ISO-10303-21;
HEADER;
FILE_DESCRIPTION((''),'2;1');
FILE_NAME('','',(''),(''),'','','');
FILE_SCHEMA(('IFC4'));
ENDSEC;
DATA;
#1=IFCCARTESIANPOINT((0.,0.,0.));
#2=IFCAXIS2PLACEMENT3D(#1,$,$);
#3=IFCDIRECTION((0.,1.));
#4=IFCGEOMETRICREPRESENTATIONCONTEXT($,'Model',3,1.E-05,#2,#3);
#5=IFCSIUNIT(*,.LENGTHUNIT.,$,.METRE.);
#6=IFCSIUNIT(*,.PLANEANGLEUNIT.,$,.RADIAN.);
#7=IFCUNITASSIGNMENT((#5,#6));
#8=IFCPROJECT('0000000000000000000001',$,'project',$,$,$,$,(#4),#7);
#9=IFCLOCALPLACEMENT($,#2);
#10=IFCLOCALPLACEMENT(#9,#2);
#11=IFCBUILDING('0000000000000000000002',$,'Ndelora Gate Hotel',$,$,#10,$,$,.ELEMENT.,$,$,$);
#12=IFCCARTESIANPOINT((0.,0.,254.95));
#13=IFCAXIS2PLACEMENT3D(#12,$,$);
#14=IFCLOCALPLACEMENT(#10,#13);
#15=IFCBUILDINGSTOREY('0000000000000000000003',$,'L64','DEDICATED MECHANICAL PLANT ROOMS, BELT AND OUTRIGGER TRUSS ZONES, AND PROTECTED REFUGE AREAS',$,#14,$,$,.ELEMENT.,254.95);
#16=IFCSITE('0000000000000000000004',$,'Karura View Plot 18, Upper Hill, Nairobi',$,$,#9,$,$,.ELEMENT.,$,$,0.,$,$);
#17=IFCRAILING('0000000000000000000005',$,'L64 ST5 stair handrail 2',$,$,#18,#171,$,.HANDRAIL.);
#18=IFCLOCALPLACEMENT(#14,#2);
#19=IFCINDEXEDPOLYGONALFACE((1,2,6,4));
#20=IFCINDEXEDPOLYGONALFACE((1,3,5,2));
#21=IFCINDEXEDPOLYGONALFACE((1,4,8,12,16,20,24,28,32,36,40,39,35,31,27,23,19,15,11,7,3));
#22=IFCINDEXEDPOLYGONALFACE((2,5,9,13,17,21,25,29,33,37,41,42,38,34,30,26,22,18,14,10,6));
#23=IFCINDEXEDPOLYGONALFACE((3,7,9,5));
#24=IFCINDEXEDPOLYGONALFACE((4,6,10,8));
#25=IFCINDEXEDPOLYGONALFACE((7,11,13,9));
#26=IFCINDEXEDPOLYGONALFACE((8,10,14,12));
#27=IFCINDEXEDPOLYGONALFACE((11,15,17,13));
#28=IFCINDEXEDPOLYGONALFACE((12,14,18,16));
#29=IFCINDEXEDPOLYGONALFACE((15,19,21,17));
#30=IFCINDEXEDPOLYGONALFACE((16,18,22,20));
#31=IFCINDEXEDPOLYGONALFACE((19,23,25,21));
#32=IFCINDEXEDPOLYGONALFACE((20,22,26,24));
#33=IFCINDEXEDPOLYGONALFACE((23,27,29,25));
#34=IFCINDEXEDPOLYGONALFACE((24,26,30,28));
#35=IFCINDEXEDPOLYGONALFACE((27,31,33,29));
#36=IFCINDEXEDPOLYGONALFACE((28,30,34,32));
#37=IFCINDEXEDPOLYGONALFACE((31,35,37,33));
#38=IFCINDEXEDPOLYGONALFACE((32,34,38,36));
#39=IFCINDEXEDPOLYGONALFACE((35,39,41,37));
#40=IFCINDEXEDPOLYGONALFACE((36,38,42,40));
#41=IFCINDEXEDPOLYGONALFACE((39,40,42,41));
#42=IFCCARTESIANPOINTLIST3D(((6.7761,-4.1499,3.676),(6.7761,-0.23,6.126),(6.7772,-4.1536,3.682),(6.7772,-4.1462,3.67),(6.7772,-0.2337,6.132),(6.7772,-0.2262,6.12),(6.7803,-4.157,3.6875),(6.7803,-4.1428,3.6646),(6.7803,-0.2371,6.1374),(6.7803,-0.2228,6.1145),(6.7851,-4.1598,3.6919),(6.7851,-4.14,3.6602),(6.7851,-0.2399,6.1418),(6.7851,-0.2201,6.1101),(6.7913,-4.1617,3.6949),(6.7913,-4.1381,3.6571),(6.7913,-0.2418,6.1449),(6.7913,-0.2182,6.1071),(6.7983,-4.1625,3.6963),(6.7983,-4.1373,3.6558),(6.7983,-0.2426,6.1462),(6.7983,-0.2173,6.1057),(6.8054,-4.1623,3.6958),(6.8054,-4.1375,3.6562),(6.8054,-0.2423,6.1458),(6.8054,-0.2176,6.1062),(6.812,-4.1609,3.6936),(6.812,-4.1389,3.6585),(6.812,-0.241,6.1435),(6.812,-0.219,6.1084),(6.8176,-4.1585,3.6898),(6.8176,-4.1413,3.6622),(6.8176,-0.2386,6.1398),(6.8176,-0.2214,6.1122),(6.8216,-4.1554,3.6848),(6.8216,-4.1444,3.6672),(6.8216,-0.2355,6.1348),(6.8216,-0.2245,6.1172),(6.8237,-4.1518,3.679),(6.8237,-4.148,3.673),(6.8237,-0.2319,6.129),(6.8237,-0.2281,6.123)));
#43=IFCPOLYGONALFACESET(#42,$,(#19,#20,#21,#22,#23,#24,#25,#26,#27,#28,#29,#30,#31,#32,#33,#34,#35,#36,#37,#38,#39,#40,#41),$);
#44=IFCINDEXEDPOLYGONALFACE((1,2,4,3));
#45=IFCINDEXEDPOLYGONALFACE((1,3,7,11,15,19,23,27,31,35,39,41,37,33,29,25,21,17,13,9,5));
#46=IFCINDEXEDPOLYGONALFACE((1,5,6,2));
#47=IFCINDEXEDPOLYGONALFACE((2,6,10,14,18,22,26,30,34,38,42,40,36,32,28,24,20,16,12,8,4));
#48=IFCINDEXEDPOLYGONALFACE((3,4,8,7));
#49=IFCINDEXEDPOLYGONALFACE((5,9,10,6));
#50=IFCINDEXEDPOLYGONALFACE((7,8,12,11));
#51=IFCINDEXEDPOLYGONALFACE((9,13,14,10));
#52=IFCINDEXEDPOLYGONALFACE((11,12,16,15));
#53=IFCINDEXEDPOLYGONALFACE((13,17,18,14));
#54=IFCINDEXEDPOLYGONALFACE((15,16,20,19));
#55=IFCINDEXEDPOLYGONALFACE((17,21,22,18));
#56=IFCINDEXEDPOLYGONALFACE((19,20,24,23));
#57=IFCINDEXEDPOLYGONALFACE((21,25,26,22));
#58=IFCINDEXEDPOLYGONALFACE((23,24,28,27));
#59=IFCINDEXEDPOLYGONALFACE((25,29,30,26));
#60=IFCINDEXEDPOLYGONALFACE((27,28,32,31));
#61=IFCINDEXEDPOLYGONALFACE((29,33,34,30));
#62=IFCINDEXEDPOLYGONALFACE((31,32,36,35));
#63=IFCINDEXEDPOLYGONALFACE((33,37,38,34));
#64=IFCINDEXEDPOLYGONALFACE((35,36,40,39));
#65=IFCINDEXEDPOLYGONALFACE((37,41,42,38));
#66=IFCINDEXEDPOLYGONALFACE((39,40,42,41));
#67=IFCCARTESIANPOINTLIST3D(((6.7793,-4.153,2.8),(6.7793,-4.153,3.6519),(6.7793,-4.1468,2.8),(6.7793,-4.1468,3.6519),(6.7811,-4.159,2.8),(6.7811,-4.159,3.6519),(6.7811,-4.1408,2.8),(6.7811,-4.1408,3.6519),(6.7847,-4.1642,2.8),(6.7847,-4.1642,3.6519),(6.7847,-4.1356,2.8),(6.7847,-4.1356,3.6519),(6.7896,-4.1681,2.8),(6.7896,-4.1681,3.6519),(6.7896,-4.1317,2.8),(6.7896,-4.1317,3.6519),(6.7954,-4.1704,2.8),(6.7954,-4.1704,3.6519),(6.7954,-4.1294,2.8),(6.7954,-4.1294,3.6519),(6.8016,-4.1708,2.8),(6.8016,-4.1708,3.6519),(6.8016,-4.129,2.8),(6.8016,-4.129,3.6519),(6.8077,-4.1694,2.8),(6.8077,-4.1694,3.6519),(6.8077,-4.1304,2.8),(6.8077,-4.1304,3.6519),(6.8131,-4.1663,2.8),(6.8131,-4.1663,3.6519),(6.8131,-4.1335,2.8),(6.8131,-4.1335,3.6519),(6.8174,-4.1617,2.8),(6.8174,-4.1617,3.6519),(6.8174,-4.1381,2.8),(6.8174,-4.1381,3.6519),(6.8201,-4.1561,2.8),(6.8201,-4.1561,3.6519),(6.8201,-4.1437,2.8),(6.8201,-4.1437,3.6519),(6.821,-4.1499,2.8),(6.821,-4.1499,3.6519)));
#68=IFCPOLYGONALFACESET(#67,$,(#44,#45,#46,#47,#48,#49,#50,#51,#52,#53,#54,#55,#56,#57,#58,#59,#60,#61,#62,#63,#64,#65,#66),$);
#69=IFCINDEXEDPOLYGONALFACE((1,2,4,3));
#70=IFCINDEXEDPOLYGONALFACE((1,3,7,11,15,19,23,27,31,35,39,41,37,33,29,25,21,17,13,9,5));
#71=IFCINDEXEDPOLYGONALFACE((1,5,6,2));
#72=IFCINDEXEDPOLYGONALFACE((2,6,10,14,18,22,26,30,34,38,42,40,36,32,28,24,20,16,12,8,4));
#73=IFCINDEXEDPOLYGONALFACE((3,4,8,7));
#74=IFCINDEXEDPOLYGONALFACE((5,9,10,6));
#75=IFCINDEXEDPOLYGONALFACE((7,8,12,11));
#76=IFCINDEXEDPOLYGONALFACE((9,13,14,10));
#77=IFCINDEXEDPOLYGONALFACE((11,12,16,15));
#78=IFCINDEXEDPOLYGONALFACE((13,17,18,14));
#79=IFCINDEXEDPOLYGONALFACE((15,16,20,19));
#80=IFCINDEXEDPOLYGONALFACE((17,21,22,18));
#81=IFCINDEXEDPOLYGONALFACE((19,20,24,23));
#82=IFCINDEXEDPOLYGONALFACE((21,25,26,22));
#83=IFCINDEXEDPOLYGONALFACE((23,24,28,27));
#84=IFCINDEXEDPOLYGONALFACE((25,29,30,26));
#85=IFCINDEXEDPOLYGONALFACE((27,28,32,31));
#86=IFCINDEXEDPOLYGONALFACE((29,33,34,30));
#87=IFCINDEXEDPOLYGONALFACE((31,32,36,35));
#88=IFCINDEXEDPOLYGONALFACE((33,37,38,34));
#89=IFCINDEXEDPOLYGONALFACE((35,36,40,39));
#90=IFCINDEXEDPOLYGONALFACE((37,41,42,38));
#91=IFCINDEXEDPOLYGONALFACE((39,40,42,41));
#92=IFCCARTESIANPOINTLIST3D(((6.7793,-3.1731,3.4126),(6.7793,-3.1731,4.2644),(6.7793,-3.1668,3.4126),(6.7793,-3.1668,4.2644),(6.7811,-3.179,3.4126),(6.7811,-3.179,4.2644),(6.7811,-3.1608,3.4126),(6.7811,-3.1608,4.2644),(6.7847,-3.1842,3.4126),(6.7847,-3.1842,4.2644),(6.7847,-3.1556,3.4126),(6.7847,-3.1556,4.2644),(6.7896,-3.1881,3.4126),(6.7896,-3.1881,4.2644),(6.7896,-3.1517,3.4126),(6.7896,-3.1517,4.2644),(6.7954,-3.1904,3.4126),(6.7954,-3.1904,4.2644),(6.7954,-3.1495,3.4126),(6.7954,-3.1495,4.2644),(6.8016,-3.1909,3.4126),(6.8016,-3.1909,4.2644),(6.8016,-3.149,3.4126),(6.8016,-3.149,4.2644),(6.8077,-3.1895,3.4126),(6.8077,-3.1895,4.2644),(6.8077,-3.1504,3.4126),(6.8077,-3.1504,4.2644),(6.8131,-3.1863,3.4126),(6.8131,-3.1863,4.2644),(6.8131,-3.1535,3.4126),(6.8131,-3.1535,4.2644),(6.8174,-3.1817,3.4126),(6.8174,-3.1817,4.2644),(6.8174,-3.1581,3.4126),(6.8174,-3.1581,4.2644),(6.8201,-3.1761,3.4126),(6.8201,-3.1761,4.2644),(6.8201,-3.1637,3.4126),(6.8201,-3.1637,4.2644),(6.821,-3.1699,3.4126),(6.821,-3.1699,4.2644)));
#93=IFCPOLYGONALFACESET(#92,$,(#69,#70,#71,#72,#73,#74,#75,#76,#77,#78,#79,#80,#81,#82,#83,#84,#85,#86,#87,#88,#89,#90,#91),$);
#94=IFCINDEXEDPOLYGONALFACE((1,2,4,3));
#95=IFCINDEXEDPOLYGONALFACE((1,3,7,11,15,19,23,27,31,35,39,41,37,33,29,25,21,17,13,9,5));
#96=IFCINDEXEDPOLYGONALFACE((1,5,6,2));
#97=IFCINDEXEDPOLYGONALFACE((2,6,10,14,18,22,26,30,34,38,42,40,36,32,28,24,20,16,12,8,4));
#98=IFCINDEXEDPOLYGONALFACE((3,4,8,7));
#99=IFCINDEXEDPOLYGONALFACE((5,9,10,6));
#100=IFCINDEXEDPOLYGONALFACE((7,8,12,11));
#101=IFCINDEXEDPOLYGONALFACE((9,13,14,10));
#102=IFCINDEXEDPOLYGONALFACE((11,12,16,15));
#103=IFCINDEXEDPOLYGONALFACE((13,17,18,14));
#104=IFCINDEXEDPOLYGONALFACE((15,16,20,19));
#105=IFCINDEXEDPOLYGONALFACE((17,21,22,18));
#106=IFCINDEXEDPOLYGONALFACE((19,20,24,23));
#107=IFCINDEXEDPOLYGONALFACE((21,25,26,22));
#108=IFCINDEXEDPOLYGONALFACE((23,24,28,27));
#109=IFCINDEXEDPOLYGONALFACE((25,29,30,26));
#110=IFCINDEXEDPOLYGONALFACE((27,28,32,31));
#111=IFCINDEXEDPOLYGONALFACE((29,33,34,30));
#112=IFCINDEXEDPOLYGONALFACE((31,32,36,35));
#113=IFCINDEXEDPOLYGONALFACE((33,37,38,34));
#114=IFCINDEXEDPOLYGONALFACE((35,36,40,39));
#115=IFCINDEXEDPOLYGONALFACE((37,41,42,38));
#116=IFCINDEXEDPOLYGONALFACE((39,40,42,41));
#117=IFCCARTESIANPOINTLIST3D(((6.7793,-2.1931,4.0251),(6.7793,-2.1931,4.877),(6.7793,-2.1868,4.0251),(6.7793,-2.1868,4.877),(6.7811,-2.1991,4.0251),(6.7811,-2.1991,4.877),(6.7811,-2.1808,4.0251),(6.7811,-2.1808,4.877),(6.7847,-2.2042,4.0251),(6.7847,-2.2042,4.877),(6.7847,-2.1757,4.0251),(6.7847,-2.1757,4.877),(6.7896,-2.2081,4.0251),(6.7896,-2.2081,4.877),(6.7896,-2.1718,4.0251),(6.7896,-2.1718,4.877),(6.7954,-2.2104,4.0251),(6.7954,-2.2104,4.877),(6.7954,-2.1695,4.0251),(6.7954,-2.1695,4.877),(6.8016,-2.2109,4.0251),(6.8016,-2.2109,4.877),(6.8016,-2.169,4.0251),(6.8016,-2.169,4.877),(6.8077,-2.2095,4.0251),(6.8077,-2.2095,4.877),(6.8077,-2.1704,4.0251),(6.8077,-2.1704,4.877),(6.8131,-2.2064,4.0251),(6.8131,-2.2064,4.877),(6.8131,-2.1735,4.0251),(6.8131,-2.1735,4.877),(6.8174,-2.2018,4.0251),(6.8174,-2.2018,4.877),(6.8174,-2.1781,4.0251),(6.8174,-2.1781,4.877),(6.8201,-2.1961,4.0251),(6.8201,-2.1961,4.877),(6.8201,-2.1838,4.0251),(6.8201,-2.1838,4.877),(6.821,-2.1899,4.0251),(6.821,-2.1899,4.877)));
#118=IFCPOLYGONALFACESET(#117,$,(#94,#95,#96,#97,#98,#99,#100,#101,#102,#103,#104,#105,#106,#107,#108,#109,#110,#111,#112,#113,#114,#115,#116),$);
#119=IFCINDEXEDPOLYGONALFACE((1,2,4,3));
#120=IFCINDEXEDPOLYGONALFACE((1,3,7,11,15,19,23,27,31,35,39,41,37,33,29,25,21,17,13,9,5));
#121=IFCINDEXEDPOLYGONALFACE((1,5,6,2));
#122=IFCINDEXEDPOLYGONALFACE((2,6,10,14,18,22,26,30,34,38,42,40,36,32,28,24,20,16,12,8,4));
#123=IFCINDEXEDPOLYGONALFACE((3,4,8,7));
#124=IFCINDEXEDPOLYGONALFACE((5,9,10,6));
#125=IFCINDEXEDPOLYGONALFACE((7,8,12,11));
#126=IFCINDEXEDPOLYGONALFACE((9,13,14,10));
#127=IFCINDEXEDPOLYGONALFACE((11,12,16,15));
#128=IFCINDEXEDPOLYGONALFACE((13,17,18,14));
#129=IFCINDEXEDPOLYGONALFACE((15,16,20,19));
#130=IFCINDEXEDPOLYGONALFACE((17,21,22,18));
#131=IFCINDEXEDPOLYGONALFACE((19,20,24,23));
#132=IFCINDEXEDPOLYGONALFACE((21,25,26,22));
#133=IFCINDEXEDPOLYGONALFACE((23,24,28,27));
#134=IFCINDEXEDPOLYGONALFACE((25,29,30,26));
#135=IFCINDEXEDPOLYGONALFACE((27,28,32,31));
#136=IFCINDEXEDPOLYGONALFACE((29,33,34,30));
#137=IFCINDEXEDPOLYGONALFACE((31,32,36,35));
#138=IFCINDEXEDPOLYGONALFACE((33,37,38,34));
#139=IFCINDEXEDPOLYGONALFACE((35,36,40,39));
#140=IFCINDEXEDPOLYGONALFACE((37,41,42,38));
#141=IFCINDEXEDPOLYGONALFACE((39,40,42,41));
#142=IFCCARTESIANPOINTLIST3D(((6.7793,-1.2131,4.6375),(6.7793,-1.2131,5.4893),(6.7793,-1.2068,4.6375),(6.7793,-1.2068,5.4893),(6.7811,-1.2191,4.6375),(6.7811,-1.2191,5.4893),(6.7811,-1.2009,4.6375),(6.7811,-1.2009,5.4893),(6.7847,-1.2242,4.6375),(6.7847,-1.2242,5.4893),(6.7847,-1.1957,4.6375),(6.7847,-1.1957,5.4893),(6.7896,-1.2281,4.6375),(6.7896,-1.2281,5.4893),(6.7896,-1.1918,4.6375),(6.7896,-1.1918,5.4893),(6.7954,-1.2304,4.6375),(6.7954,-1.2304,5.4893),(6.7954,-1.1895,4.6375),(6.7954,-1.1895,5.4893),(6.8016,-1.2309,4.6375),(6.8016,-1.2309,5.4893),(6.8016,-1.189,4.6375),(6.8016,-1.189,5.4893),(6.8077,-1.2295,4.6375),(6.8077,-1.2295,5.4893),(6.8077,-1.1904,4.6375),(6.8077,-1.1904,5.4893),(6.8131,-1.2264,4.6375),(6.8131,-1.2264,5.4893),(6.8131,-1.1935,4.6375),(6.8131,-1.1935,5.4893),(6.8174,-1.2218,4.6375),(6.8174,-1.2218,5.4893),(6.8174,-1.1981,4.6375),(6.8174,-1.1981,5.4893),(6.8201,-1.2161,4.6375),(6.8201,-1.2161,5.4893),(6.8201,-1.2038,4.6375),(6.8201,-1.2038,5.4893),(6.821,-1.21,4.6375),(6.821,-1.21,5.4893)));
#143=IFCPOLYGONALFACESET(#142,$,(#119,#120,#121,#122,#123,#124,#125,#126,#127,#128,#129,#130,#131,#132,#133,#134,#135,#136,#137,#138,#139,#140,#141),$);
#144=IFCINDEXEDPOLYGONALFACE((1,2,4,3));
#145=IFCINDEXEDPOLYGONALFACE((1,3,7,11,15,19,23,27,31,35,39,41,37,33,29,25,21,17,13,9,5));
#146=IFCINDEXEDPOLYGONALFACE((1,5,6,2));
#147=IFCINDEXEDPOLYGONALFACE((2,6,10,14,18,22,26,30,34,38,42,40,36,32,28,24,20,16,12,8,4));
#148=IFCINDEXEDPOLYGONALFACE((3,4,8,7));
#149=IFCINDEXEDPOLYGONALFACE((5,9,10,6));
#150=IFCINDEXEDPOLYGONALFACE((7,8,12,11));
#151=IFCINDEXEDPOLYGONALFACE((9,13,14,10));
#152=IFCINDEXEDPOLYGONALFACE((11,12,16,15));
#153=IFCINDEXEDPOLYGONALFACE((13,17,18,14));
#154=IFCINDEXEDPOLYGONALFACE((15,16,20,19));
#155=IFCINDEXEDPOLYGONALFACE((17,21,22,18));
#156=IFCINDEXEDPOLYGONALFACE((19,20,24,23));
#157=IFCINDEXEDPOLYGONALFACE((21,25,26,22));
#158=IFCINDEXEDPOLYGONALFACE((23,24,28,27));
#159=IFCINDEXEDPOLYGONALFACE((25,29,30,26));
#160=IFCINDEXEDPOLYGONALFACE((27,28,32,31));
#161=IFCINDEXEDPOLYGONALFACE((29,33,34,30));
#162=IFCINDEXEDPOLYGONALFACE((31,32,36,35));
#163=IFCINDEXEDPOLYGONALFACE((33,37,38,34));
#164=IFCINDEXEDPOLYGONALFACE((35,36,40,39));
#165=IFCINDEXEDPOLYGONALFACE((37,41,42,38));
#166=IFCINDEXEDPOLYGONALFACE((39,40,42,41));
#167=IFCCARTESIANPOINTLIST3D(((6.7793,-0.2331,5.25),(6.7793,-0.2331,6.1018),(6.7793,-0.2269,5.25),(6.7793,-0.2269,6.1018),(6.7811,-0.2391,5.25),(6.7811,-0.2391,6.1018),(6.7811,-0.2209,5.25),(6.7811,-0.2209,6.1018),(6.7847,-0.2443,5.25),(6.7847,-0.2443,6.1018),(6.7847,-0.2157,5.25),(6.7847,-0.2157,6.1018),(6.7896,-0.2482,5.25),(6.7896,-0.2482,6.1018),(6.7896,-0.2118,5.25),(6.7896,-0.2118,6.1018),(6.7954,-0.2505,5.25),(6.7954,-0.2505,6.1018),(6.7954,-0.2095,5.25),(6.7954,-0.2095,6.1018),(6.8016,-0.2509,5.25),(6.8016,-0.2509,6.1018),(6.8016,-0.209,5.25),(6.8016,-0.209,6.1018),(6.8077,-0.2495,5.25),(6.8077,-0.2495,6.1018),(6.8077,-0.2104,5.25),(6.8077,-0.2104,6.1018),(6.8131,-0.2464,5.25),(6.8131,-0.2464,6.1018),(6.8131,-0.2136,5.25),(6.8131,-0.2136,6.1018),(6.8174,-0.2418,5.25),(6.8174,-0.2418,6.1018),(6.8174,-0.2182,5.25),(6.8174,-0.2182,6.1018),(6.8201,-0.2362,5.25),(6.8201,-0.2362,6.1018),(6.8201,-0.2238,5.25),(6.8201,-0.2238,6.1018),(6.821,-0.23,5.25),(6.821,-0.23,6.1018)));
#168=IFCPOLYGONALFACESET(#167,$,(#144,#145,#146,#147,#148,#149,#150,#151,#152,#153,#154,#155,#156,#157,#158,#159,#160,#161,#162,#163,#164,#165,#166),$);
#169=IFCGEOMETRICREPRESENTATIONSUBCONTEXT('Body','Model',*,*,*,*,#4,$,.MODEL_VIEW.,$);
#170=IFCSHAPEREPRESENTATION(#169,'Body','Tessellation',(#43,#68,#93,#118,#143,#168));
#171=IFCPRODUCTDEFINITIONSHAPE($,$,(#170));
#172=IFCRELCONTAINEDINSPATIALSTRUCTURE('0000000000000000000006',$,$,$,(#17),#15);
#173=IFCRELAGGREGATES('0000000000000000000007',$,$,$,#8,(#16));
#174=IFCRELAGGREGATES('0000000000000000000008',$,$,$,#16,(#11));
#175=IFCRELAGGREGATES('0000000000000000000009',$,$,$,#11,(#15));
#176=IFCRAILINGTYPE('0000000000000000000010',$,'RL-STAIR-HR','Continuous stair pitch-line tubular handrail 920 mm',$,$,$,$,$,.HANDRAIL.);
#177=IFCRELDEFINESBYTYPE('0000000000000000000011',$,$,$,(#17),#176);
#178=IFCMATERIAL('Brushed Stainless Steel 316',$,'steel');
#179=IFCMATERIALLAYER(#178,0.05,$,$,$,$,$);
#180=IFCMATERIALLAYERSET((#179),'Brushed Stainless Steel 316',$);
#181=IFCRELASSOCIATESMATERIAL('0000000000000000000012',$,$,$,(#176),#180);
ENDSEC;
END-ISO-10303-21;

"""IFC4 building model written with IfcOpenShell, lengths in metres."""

from ifc_helpers import new_model, si_unit, direction, frame, origin, origin_2d, place, context, subcontext, project, spatial, circle, extrude, material, layer, layer_set, type_object, element, save


model = new_model("IFC4")

# Units and contexts
model_context = context("Model", 3, precision=1e-05, world=origin(), true_north=direction((0.0, 1.0)))
body_context = subcontext(model_context, "Body", "Model", "MODEL_VIEW")
ifc_project = project(units=[si_unit("LENGTHUNIT", "METRE"), si_unit("PLANEANGLEUNIT", "RADIAN")], contexts=[model_context])

# Site, building, storey
site_placement = place(None, origin())
site = spatial("IfcSite", under=ifc_project, at=site_placement, Name="Karura View Plot 18, Upper Hill, Nairobi", CompositionType="ELEMENT", RefElevation=0.0)
building_placement = place(site_placement, origin())
building = spatial("IfcBuilding", under=site, at=building_placement, Name="Ndelora Gate Hotel", CompositionType="ELEMENT")
storey_placement = place(building_placement, frame((0.0, 0.0, 254.95)))
storey = spatial("IfcBuildingStorey", under=building, at=storey_placement, Name="L64", Description="DEDICATED MECHANICAL PLANT ROOMS, BELT AND OUTRIGGER TRUSS ZONES, AND PROTECTED REFUGE AREAS", CompositionType="ELEMENT", Elevation=254.95)

# Railing
ifc_material_1 = material(Name="Brushed Stainless Steel 316", Category="steel")
ifc_layer_1 = layer(ifc_material_1, 0.05)
ifc_layer_set_1 = layer_set([ifc_layer_1], Name="Brushed Stainless Steel 316")
railing_type_1 = type_object("IfcRailingType", Name="RL-STAIR-HR", Description="Continuous stair pitch-line tubular handrail 920 mm", PredefinedType="HANDRAIL", material=ifc_layer_set_1)
railing_1_placement = place(storey_placement, frame((6.8, -4.1499, 2.8)))
element("IfcRailing", 1, at=railing_1_placement, inside=storey, type_object=railing_type_1, Name="L64 ST5 stair handrail 2", PredefinedType="HANDRAIL", context=body_context, shape_type="SweptSolid", body=[
    extrude(circle(Radius=0.0239, at=origin_2d()), frame((0.0, 0.0, 0.876), z_axis=(0.0, 0.847998, 0.529999), x_axis=(-1.0, 0.0, 0.0)), (0.0, 0.0, 1.0), 4.6226),
    extrude(circle(Radius=0.021, at=origin_2d()), origin(), (0.0, 0.0, 1.0), 0.8518),
    extrude(circle(Radius=0.021, at=origin_2d()), frame((0.0, 0.98, 0.6125)), (0.0, 0.0, 1.0), 0.8518),
    extrude(circle(Radius=0.021, at=origin_2d()), frame((0.0, 1.96, 1.2251)), (0.0, 0.0, 1.0), 0.8518),
    extrude(circle(Radius=0.021, at=origin_2d()), frame((0.0, 2.9399, 1.8374)), (0.0, 0.0, 1.0), 0.8518),
    extrude(circle(Radius=0.021, at=origin_2d()), frame((0.0, 3.9199, 2.45)), (0.0, 0.0, 1.0), 0.8518),
])

save(model, "model.ifc")
